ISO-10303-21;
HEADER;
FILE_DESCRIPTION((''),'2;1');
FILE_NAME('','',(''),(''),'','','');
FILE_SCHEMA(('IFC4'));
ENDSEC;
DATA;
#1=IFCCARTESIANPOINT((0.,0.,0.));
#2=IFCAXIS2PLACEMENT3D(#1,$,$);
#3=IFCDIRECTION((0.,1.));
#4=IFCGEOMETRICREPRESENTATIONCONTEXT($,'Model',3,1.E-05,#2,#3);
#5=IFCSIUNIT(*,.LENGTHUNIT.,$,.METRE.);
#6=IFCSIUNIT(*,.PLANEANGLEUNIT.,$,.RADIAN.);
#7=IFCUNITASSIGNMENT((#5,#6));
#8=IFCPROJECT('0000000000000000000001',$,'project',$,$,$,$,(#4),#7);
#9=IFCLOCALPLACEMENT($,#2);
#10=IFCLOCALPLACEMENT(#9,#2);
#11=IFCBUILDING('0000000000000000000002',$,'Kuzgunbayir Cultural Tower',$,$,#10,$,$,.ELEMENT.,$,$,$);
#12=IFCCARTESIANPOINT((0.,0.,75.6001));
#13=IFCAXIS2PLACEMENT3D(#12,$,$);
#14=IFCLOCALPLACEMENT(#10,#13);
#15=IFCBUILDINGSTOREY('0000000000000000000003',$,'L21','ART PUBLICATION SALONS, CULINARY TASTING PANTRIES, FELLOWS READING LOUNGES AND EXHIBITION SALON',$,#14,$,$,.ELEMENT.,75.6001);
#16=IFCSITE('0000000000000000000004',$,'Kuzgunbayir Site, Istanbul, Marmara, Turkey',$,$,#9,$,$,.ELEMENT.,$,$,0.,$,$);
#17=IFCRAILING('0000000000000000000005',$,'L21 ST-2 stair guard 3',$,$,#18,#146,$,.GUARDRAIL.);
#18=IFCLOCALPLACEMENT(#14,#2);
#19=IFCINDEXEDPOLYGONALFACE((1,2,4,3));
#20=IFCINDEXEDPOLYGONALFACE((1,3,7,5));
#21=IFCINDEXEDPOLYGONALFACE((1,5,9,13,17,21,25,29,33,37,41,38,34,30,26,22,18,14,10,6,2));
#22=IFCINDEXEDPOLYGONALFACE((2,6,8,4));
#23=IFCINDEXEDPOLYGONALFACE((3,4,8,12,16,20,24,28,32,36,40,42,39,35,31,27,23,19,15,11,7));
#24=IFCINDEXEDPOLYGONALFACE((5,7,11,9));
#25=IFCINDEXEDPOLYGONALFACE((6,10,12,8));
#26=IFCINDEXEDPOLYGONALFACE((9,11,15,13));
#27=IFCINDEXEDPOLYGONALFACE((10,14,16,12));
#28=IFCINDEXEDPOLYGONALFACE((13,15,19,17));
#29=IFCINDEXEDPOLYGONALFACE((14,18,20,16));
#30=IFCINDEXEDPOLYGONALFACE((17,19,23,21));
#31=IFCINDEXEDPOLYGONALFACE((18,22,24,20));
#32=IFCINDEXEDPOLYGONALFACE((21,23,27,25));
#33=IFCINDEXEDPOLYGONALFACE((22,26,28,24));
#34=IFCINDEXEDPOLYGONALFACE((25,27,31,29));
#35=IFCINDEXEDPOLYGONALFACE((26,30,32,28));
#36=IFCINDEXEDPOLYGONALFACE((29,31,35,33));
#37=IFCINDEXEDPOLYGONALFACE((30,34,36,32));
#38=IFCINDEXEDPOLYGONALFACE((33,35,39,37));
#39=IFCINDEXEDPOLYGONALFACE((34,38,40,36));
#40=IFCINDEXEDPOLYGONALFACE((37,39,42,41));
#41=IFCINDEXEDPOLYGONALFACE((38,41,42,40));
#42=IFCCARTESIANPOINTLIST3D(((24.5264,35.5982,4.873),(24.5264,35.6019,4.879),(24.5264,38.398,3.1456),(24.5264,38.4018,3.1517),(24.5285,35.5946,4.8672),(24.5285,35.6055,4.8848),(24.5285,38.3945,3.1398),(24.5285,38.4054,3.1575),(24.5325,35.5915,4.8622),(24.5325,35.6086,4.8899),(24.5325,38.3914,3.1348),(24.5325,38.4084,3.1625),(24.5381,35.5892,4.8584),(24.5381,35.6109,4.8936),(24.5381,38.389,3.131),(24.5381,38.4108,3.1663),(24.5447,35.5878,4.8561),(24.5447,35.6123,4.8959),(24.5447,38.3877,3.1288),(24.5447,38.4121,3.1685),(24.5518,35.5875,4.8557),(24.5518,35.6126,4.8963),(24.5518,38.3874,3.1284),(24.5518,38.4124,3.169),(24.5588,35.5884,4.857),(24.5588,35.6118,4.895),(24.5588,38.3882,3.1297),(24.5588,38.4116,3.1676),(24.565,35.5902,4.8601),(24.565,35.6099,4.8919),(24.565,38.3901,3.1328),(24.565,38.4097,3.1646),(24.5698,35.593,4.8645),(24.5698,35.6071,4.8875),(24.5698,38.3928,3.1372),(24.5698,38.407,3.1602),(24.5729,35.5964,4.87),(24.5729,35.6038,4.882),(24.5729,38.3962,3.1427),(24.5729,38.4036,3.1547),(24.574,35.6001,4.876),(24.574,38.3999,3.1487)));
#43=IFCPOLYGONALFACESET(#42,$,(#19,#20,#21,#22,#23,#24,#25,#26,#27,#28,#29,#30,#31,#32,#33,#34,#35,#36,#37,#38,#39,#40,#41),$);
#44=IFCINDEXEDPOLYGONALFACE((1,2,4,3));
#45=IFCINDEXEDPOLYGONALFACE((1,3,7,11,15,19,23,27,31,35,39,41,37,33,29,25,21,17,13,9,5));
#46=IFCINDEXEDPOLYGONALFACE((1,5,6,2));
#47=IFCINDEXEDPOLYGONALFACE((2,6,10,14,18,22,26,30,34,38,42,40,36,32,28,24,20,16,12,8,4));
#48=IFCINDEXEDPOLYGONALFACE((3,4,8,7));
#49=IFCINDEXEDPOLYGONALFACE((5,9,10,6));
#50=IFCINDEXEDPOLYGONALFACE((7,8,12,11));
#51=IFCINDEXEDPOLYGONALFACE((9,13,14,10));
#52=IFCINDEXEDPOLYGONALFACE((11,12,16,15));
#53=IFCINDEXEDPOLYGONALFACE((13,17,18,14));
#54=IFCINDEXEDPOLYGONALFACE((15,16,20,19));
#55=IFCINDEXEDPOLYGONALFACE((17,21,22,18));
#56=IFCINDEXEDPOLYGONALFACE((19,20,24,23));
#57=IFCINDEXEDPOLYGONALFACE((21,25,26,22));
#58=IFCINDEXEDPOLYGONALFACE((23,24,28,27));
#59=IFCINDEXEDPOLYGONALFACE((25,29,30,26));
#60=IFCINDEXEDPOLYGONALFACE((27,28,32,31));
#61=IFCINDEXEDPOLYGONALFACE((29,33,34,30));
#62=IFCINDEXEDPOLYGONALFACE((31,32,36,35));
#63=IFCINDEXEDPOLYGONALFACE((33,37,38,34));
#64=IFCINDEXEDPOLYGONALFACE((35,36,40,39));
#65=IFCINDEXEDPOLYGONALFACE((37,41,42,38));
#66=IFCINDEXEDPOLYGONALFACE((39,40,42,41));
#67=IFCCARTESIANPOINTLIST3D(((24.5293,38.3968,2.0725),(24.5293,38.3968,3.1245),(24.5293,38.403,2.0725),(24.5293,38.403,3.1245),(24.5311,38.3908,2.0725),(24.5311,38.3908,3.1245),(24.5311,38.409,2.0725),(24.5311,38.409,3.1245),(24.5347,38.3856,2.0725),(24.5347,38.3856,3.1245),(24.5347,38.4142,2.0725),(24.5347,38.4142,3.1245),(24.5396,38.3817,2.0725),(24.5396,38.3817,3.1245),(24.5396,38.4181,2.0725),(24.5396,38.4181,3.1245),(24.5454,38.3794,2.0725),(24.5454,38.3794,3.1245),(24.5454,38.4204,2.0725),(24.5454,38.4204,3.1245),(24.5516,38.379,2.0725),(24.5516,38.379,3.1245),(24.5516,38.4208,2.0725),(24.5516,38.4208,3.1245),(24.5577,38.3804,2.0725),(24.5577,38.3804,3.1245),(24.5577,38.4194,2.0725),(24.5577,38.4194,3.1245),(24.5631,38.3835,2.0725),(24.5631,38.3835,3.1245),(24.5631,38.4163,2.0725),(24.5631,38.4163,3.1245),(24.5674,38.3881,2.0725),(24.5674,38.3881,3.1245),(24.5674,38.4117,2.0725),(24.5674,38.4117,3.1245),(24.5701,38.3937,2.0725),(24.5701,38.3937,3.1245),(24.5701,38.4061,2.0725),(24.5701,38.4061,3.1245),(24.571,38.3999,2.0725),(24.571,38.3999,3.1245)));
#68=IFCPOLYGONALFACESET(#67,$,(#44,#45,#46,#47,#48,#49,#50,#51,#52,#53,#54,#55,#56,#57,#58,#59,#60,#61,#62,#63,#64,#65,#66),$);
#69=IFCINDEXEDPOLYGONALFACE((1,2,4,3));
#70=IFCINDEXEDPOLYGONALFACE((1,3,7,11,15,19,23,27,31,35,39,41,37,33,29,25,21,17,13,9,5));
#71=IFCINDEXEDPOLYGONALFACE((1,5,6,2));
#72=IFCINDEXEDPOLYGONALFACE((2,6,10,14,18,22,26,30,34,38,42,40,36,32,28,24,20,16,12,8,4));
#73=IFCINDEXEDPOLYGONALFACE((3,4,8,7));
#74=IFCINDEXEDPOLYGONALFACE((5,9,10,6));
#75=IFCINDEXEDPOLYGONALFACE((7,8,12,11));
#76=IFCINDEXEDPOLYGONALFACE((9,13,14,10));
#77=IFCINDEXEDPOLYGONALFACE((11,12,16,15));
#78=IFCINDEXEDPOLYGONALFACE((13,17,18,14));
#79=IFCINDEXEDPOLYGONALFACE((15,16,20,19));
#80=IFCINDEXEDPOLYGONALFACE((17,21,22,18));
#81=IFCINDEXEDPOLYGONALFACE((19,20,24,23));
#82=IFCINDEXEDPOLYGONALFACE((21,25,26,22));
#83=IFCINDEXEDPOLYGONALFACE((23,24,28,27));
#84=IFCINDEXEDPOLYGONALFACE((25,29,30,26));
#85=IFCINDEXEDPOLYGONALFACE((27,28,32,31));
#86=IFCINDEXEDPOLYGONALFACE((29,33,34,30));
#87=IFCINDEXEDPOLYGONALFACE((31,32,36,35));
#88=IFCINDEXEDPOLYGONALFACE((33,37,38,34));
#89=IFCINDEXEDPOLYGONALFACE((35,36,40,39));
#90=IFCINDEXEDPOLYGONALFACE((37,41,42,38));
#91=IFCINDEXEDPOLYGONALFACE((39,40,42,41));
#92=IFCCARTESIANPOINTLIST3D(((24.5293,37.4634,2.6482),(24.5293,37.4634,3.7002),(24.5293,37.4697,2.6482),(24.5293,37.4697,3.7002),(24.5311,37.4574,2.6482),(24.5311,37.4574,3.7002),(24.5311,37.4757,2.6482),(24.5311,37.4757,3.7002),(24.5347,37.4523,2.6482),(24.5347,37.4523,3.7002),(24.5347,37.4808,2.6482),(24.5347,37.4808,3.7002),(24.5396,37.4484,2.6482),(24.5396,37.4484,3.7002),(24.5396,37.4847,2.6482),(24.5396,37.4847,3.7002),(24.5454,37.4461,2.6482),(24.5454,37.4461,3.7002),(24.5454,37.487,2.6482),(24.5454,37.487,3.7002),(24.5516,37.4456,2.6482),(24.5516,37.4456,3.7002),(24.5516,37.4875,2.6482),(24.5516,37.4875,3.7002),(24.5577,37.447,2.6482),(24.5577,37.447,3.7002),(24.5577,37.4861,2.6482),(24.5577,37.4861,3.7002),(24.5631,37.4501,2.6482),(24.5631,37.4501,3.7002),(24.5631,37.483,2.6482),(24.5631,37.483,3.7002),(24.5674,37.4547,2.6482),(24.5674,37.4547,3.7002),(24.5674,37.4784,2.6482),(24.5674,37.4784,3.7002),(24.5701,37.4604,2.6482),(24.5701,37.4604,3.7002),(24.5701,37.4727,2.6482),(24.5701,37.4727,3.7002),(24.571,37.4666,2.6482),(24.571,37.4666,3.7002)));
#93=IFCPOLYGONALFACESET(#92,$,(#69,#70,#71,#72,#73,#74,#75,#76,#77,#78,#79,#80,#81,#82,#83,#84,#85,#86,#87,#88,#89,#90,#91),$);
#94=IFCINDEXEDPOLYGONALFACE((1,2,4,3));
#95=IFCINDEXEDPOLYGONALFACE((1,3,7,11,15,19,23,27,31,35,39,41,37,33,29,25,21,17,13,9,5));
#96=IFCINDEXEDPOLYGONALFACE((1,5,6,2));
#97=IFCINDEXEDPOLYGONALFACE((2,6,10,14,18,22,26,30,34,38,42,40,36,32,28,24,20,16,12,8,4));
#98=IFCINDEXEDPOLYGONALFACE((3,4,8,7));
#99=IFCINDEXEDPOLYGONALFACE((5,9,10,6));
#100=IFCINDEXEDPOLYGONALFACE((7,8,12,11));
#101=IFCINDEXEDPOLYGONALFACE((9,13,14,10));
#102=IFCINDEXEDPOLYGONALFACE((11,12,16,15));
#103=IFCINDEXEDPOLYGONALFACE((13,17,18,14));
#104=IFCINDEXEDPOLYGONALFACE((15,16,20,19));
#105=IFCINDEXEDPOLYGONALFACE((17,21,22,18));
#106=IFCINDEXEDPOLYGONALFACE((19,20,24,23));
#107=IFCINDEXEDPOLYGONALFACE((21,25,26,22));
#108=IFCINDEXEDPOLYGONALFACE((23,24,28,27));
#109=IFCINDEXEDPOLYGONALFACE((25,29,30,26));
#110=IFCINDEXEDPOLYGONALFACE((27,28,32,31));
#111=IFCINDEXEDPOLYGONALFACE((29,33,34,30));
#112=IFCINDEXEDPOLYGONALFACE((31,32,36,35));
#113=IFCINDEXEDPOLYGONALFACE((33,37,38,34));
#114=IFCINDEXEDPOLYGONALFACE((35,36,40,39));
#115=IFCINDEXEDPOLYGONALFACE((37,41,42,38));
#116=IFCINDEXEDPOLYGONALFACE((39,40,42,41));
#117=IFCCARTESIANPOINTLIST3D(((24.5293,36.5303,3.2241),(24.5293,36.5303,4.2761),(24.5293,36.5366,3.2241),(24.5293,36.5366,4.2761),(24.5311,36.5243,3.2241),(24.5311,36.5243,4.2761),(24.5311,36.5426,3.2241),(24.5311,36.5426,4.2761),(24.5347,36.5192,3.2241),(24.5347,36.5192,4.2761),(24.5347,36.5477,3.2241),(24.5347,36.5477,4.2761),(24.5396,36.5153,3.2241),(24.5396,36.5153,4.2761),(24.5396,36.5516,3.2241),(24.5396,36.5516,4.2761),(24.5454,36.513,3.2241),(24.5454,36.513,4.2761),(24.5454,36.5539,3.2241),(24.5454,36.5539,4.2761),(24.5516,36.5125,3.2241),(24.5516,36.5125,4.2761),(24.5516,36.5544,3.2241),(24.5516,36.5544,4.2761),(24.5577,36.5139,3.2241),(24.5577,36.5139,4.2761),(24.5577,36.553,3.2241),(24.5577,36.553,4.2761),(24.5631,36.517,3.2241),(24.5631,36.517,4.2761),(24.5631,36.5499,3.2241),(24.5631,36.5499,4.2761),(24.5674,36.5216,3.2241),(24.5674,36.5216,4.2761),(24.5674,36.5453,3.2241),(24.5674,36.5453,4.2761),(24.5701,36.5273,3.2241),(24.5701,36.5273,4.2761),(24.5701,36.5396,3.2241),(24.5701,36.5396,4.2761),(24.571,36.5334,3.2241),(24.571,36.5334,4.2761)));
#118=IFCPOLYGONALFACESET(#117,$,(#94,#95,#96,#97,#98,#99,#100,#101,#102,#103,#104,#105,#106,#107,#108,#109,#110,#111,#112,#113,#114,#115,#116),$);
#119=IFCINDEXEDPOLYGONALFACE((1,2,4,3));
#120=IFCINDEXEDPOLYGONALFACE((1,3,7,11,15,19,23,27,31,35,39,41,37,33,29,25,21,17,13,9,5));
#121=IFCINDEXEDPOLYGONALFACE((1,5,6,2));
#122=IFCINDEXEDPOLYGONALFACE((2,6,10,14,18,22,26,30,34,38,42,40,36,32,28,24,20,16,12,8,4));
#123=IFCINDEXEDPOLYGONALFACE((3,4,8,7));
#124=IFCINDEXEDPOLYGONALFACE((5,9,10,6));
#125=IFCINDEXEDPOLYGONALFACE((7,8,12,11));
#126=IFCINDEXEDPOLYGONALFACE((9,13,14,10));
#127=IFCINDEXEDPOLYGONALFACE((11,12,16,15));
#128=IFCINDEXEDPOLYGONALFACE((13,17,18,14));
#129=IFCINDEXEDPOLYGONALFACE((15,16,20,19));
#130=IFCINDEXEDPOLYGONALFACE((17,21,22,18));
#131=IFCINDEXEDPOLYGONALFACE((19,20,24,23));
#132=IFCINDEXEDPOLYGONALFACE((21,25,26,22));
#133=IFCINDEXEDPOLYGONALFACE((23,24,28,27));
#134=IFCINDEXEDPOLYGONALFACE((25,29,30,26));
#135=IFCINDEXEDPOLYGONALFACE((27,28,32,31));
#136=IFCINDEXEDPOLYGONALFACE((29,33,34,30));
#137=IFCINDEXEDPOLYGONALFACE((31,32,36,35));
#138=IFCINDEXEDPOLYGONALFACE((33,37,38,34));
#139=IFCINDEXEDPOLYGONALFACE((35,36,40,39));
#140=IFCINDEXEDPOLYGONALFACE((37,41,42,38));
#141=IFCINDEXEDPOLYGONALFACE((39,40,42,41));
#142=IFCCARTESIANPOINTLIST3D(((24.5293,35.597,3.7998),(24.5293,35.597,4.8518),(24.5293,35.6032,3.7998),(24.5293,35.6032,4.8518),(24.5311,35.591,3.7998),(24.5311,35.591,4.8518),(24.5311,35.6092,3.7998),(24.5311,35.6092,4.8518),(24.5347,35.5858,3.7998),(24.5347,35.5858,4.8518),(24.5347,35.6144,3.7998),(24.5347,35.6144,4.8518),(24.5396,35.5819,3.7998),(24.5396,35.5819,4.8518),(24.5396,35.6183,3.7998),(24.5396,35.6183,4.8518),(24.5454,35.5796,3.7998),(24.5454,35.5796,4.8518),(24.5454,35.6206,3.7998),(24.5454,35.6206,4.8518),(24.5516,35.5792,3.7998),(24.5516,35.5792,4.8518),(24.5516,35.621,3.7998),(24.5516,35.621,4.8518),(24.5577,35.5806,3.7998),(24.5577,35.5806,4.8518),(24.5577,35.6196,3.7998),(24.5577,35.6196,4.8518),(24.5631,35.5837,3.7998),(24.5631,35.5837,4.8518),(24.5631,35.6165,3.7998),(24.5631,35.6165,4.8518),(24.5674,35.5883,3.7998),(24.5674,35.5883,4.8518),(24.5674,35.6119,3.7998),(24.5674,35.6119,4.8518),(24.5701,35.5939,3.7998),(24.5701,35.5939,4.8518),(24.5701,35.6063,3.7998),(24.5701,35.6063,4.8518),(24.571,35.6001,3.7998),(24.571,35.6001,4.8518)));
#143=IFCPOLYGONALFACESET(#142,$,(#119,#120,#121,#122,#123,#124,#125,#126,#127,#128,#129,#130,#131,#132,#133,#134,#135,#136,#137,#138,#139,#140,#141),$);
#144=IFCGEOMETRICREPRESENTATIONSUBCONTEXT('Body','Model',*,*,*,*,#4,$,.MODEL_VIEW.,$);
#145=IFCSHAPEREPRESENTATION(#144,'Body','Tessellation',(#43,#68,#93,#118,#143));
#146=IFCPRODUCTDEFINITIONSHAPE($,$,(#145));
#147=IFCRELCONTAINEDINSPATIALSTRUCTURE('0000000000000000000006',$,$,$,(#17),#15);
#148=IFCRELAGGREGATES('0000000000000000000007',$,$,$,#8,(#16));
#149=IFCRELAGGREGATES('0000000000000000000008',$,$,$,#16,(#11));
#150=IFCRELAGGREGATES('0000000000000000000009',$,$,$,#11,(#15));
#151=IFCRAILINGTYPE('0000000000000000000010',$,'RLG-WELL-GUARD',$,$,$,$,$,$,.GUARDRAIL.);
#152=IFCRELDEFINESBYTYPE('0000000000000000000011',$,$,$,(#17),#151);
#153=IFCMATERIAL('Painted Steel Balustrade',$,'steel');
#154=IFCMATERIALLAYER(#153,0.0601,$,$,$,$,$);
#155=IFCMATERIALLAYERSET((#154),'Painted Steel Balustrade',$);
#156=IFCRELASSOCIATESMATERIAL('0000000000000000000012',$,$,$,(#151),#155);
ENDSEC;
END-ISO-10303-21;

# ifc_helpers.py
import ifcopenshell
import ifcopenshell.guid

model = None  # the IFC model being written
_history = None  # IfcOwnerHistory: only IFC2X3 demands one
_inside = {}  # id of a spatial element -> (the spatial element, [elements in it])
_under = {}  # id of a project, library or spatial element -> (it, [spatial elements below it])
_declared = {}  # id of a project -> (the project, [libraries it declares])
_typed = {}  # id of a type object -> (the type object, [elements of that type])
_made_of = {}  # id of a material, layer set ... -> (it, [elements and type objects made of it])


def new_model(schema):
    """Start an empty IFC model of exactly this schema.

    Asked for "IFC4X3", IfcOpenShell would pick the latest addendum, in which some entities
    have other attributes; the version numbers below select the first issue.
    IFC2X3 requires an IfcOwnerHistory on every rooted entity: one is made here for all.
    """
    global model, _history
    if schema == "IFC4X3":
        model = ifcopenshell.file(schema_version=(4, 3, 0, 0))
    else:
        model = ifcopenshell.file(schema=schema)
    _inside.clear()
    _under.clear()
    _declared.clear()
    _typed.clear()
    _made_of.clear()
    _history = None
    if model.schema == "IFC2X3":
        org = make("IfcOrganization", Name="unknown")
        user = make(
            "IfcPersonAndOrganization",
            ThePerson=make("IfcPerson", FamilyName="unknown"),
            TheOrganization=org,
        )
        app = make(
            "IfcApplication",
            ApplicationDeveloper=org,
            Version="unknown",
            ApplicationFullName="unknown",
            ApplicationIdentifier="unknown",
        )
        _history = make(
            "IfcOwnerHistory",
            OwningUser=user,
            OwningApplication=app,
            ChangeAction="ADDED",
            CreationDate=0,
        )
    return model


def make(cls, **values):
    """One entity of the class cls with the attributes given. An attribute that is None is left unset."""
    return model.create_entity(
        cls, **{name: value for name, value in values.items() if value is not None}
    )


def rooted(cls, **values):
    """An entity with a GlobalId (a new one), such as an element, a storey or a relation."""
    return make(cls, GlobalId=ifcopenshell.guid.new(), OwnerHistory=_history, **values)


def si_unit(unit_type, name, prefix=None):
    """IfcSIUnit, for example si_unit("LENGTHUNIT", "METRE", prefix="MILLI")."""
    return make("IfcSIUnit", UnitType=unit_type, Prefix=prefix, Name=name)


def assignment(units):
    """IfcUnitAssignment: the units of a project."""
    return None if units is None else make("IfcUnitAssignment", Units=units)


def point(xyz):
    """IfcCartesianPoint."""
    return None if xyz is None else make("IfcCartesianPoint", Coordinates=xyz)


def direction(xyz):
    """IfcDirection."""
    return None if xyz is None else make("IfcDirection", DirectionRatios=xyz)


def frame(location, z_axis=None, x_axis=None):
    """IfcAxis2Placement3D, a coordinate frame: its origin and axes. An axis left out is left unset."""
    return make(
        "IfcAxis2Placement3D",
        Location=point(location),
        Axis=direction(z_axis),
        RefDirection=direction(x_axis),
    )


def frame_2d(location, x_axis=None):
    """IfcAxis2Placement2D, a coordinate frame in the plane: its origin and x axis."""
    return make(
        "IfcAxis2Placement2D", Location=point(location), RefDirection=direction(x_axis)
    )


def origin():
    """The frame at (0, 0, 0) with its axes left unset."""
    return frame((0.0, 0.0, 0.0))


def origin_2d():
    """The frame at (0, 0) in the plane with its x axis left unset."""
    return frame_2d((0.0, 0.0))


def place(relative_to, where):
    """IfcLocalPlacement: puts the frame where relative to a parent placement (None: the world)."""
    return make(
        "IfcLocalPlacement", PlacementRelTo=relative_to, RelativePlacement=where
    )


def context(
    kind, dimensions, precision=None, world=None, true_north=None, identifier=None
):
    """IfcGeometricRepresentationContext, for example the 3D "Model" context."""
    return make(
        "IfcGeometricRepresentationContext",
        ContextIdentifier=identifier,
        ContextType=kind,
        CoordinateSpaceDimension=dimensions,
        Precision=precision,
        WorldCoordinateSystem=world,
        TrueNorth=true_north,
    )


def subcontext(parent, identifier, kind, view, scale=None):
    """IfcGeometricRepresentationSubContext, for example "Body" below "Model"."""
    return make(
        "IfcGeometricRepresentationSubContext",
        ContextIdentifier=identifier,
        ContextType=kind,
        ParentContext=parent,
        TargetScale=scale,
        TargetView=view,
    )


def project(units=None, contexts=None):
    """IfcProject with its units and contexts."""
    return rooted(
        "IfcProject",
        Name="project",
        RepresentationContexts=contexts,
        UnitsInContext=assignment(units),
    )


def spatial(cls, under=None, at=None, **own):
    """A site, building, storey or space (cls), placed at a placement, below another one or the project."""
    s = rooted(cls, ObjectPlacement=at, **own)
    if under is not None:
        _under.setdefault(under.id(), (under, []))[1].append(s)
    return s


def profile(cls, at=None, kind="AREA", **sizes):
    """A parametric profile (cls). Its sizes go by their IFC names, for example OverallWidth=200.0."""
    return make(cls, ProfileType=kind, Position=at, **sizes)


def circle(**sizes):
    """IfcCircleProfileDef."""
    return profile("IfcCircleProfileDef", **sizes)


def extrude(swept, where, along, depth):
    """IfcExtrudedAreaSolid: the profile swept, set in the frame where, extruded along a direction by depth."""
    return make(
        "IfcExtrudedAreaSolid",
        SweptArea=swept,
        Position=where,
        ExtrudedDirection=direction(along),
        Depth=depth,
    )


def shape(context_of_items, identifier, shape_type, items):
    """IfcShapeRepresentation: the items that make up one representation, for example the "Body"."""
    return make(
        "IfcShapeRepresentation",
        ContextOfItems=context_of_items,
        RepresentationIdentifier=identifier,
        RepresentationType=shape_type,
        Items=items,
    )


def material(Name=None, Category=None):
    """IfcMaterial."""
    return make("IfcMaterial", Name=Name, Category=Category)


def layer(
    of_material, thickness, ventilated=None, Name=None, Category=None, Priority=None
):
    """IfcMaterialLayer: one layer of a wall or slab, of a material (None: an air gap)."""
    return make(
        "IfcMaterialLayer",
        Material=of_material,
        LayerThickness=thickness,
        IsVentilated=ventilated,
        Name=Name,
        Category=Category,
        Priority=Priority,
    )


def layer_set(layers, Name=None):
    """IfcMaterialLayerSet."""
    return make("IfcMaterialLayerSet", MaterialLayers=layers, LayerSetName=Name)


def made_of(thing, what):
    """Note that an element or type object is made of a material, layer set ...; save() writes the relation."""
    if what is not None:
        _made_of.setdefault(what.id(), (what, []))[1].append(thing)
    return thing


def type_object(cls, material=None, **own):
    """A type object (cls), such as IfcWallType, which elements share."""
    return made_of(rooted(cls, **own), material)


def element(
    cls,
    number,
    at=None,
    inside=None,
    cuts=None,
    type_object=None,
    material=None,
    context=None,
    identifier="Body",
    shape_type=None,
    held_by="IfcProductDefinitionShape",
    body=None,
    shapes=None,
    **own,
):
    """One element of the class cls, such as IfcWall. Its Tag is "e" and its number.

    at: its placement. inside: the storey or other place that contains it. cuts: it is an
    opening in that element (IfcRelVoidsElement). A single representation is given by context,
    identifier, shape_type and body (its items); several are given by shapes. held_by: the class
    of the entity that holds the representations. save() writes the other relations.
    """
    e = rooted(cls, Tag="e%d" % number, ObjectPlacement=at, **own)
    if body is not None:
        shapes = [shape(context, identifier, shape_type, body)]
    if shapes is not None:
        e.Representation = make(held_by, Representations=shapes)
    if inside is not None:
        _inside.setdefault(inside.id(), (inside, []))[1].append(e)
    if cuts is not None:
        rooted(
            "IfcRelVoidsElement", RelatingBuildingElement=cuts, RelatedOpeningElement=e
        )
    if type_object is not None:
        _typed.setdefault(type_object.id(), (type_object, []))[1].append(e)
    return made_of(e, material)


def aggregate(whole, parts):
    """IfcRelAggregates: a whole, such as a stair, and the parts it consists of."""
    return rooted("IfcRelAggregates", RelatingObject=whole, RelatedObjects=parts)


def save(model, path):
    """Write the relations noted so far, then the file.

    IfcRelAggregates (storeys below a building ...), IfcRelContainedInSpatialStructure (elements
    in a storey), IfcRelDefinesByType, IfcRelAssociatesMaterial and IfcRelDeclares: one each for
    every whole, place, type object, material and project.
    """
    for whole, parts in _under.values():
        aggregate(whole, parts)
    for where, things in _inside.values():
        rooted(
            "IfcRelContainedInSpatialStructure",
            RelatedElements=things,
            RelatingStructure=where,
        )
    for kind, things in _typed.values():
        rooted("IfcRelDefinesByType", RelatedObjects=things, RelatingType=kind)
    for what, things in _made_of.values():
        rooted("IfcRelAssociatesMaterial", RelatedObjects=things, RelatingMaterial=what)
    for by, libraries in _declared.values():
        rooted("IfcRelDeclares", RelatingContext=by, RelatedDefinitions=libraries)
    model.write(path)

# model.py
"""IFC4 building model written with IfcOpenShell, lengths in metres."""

from ifc_helpers import new_model, si_unit, direction, frame, origin, origin_2d, place, context, subcontext, project, spatial, circle, extrude, material, layer, layer_set, type_object, element, save


model = new_model("IFC4")

# Units and contexts
model_context = context("Model", 3, precision=1e-05, world=origin(), true_north=direction((0.0, 1.0)))
body_context = subcontext(model_context, "Body", "Model", "MODEL_VIEW")
ifc_project = project(units=[si_unit("LENGTHUNIT", "METRE"), si_unit("PLANEANGLEUNIT", "RADIAN")], contexts=[model_context])

# Site, building, storey
site_placement = place(None, origin())
site = spatial("IfcSite", under=ifc_project, at=site_placement, Name="Kuzgunbayir Site, Istanbul, Marmara, Turkey", CompositionType="ELEMENT", RefElevation=0.0)
building_placement = place(site_placement, origin())
building = spatial("IfcBuilding", under=site, at=building_placement, Name="Kuzgunbayir Cultural Tower", CompositionType="ELEMENT")
storey_placement = place(building_placement, frame((0.0, 0.0, 75.6001)))
storey = spatial("IfcBuildingStorey", under=building, at=storey_placement, Name="L21", Description="ART PUBLICATION SALONS, CULINARY TASTING PANTRIES, FELLOWS READING LOUNGES AND EXHIBITION SALON", CompositionType="ELEMENT", Elevation=75.6001)

# Railing
ifc_material_1 = material(Name="Painted Steel Balustrade", Category="steel")
ifc_layer_1 = layer(ifc_material_1, 0.0601)
ifc_layer_set_1 = layer_set([ifc_layer_1], Name="Painted Steel Balustrade")
railing_type_1 = type_object("IfcRailingType", Name="RLG-WELL-GUARD", PredefinedType="GUARDRAIL", material=ifc_layer_set_1)
railing_1_placement = place(storey_placement, frame((24.55, 38.3999, 2.0725)))
element("IfcRailing", 1, at=railing_1_placement, inside=storey, type_object=railing_type_1, Name="L21 ST-2 stair guard 3", PredefinedType="GUARDRAIL", context=body_context, shape_type="SweptSolid", body=[
    extrude(circle(Radius=0.0239, at=origin_2d()), frame((0.0, 0.0, 1.0762), z_axis=(0.0, -0.851069, 0.525054), x_axis=(1.0, 0.0, 0.0)), (0.0, 0.0, 1.0), 3.2898),
    extrude(circle(Radius=0.021, at=origin_2d()), origin(), (0.0, 0.0, 1.0), 1.052),
    extrude(circle(Radius=0.021, at=origin_2d()), frame((0.0, -0.9333, 0.5757)), (0.0, 0.0, 1.0), 1.052),
    extrude(circle(Radius=0.021, at=origin_2d()), frame((0.0, -1.8665, 1.1516)), (0.0, 0.0, 1.0), 1.052),
    extrude(circle(Radius=0.021, at=origin_2d()), frame((0.0, -2.7998, 1.7273)), (0.0, 0.0, 1.0), 1.052),
])

save(model, "model.ifc")
